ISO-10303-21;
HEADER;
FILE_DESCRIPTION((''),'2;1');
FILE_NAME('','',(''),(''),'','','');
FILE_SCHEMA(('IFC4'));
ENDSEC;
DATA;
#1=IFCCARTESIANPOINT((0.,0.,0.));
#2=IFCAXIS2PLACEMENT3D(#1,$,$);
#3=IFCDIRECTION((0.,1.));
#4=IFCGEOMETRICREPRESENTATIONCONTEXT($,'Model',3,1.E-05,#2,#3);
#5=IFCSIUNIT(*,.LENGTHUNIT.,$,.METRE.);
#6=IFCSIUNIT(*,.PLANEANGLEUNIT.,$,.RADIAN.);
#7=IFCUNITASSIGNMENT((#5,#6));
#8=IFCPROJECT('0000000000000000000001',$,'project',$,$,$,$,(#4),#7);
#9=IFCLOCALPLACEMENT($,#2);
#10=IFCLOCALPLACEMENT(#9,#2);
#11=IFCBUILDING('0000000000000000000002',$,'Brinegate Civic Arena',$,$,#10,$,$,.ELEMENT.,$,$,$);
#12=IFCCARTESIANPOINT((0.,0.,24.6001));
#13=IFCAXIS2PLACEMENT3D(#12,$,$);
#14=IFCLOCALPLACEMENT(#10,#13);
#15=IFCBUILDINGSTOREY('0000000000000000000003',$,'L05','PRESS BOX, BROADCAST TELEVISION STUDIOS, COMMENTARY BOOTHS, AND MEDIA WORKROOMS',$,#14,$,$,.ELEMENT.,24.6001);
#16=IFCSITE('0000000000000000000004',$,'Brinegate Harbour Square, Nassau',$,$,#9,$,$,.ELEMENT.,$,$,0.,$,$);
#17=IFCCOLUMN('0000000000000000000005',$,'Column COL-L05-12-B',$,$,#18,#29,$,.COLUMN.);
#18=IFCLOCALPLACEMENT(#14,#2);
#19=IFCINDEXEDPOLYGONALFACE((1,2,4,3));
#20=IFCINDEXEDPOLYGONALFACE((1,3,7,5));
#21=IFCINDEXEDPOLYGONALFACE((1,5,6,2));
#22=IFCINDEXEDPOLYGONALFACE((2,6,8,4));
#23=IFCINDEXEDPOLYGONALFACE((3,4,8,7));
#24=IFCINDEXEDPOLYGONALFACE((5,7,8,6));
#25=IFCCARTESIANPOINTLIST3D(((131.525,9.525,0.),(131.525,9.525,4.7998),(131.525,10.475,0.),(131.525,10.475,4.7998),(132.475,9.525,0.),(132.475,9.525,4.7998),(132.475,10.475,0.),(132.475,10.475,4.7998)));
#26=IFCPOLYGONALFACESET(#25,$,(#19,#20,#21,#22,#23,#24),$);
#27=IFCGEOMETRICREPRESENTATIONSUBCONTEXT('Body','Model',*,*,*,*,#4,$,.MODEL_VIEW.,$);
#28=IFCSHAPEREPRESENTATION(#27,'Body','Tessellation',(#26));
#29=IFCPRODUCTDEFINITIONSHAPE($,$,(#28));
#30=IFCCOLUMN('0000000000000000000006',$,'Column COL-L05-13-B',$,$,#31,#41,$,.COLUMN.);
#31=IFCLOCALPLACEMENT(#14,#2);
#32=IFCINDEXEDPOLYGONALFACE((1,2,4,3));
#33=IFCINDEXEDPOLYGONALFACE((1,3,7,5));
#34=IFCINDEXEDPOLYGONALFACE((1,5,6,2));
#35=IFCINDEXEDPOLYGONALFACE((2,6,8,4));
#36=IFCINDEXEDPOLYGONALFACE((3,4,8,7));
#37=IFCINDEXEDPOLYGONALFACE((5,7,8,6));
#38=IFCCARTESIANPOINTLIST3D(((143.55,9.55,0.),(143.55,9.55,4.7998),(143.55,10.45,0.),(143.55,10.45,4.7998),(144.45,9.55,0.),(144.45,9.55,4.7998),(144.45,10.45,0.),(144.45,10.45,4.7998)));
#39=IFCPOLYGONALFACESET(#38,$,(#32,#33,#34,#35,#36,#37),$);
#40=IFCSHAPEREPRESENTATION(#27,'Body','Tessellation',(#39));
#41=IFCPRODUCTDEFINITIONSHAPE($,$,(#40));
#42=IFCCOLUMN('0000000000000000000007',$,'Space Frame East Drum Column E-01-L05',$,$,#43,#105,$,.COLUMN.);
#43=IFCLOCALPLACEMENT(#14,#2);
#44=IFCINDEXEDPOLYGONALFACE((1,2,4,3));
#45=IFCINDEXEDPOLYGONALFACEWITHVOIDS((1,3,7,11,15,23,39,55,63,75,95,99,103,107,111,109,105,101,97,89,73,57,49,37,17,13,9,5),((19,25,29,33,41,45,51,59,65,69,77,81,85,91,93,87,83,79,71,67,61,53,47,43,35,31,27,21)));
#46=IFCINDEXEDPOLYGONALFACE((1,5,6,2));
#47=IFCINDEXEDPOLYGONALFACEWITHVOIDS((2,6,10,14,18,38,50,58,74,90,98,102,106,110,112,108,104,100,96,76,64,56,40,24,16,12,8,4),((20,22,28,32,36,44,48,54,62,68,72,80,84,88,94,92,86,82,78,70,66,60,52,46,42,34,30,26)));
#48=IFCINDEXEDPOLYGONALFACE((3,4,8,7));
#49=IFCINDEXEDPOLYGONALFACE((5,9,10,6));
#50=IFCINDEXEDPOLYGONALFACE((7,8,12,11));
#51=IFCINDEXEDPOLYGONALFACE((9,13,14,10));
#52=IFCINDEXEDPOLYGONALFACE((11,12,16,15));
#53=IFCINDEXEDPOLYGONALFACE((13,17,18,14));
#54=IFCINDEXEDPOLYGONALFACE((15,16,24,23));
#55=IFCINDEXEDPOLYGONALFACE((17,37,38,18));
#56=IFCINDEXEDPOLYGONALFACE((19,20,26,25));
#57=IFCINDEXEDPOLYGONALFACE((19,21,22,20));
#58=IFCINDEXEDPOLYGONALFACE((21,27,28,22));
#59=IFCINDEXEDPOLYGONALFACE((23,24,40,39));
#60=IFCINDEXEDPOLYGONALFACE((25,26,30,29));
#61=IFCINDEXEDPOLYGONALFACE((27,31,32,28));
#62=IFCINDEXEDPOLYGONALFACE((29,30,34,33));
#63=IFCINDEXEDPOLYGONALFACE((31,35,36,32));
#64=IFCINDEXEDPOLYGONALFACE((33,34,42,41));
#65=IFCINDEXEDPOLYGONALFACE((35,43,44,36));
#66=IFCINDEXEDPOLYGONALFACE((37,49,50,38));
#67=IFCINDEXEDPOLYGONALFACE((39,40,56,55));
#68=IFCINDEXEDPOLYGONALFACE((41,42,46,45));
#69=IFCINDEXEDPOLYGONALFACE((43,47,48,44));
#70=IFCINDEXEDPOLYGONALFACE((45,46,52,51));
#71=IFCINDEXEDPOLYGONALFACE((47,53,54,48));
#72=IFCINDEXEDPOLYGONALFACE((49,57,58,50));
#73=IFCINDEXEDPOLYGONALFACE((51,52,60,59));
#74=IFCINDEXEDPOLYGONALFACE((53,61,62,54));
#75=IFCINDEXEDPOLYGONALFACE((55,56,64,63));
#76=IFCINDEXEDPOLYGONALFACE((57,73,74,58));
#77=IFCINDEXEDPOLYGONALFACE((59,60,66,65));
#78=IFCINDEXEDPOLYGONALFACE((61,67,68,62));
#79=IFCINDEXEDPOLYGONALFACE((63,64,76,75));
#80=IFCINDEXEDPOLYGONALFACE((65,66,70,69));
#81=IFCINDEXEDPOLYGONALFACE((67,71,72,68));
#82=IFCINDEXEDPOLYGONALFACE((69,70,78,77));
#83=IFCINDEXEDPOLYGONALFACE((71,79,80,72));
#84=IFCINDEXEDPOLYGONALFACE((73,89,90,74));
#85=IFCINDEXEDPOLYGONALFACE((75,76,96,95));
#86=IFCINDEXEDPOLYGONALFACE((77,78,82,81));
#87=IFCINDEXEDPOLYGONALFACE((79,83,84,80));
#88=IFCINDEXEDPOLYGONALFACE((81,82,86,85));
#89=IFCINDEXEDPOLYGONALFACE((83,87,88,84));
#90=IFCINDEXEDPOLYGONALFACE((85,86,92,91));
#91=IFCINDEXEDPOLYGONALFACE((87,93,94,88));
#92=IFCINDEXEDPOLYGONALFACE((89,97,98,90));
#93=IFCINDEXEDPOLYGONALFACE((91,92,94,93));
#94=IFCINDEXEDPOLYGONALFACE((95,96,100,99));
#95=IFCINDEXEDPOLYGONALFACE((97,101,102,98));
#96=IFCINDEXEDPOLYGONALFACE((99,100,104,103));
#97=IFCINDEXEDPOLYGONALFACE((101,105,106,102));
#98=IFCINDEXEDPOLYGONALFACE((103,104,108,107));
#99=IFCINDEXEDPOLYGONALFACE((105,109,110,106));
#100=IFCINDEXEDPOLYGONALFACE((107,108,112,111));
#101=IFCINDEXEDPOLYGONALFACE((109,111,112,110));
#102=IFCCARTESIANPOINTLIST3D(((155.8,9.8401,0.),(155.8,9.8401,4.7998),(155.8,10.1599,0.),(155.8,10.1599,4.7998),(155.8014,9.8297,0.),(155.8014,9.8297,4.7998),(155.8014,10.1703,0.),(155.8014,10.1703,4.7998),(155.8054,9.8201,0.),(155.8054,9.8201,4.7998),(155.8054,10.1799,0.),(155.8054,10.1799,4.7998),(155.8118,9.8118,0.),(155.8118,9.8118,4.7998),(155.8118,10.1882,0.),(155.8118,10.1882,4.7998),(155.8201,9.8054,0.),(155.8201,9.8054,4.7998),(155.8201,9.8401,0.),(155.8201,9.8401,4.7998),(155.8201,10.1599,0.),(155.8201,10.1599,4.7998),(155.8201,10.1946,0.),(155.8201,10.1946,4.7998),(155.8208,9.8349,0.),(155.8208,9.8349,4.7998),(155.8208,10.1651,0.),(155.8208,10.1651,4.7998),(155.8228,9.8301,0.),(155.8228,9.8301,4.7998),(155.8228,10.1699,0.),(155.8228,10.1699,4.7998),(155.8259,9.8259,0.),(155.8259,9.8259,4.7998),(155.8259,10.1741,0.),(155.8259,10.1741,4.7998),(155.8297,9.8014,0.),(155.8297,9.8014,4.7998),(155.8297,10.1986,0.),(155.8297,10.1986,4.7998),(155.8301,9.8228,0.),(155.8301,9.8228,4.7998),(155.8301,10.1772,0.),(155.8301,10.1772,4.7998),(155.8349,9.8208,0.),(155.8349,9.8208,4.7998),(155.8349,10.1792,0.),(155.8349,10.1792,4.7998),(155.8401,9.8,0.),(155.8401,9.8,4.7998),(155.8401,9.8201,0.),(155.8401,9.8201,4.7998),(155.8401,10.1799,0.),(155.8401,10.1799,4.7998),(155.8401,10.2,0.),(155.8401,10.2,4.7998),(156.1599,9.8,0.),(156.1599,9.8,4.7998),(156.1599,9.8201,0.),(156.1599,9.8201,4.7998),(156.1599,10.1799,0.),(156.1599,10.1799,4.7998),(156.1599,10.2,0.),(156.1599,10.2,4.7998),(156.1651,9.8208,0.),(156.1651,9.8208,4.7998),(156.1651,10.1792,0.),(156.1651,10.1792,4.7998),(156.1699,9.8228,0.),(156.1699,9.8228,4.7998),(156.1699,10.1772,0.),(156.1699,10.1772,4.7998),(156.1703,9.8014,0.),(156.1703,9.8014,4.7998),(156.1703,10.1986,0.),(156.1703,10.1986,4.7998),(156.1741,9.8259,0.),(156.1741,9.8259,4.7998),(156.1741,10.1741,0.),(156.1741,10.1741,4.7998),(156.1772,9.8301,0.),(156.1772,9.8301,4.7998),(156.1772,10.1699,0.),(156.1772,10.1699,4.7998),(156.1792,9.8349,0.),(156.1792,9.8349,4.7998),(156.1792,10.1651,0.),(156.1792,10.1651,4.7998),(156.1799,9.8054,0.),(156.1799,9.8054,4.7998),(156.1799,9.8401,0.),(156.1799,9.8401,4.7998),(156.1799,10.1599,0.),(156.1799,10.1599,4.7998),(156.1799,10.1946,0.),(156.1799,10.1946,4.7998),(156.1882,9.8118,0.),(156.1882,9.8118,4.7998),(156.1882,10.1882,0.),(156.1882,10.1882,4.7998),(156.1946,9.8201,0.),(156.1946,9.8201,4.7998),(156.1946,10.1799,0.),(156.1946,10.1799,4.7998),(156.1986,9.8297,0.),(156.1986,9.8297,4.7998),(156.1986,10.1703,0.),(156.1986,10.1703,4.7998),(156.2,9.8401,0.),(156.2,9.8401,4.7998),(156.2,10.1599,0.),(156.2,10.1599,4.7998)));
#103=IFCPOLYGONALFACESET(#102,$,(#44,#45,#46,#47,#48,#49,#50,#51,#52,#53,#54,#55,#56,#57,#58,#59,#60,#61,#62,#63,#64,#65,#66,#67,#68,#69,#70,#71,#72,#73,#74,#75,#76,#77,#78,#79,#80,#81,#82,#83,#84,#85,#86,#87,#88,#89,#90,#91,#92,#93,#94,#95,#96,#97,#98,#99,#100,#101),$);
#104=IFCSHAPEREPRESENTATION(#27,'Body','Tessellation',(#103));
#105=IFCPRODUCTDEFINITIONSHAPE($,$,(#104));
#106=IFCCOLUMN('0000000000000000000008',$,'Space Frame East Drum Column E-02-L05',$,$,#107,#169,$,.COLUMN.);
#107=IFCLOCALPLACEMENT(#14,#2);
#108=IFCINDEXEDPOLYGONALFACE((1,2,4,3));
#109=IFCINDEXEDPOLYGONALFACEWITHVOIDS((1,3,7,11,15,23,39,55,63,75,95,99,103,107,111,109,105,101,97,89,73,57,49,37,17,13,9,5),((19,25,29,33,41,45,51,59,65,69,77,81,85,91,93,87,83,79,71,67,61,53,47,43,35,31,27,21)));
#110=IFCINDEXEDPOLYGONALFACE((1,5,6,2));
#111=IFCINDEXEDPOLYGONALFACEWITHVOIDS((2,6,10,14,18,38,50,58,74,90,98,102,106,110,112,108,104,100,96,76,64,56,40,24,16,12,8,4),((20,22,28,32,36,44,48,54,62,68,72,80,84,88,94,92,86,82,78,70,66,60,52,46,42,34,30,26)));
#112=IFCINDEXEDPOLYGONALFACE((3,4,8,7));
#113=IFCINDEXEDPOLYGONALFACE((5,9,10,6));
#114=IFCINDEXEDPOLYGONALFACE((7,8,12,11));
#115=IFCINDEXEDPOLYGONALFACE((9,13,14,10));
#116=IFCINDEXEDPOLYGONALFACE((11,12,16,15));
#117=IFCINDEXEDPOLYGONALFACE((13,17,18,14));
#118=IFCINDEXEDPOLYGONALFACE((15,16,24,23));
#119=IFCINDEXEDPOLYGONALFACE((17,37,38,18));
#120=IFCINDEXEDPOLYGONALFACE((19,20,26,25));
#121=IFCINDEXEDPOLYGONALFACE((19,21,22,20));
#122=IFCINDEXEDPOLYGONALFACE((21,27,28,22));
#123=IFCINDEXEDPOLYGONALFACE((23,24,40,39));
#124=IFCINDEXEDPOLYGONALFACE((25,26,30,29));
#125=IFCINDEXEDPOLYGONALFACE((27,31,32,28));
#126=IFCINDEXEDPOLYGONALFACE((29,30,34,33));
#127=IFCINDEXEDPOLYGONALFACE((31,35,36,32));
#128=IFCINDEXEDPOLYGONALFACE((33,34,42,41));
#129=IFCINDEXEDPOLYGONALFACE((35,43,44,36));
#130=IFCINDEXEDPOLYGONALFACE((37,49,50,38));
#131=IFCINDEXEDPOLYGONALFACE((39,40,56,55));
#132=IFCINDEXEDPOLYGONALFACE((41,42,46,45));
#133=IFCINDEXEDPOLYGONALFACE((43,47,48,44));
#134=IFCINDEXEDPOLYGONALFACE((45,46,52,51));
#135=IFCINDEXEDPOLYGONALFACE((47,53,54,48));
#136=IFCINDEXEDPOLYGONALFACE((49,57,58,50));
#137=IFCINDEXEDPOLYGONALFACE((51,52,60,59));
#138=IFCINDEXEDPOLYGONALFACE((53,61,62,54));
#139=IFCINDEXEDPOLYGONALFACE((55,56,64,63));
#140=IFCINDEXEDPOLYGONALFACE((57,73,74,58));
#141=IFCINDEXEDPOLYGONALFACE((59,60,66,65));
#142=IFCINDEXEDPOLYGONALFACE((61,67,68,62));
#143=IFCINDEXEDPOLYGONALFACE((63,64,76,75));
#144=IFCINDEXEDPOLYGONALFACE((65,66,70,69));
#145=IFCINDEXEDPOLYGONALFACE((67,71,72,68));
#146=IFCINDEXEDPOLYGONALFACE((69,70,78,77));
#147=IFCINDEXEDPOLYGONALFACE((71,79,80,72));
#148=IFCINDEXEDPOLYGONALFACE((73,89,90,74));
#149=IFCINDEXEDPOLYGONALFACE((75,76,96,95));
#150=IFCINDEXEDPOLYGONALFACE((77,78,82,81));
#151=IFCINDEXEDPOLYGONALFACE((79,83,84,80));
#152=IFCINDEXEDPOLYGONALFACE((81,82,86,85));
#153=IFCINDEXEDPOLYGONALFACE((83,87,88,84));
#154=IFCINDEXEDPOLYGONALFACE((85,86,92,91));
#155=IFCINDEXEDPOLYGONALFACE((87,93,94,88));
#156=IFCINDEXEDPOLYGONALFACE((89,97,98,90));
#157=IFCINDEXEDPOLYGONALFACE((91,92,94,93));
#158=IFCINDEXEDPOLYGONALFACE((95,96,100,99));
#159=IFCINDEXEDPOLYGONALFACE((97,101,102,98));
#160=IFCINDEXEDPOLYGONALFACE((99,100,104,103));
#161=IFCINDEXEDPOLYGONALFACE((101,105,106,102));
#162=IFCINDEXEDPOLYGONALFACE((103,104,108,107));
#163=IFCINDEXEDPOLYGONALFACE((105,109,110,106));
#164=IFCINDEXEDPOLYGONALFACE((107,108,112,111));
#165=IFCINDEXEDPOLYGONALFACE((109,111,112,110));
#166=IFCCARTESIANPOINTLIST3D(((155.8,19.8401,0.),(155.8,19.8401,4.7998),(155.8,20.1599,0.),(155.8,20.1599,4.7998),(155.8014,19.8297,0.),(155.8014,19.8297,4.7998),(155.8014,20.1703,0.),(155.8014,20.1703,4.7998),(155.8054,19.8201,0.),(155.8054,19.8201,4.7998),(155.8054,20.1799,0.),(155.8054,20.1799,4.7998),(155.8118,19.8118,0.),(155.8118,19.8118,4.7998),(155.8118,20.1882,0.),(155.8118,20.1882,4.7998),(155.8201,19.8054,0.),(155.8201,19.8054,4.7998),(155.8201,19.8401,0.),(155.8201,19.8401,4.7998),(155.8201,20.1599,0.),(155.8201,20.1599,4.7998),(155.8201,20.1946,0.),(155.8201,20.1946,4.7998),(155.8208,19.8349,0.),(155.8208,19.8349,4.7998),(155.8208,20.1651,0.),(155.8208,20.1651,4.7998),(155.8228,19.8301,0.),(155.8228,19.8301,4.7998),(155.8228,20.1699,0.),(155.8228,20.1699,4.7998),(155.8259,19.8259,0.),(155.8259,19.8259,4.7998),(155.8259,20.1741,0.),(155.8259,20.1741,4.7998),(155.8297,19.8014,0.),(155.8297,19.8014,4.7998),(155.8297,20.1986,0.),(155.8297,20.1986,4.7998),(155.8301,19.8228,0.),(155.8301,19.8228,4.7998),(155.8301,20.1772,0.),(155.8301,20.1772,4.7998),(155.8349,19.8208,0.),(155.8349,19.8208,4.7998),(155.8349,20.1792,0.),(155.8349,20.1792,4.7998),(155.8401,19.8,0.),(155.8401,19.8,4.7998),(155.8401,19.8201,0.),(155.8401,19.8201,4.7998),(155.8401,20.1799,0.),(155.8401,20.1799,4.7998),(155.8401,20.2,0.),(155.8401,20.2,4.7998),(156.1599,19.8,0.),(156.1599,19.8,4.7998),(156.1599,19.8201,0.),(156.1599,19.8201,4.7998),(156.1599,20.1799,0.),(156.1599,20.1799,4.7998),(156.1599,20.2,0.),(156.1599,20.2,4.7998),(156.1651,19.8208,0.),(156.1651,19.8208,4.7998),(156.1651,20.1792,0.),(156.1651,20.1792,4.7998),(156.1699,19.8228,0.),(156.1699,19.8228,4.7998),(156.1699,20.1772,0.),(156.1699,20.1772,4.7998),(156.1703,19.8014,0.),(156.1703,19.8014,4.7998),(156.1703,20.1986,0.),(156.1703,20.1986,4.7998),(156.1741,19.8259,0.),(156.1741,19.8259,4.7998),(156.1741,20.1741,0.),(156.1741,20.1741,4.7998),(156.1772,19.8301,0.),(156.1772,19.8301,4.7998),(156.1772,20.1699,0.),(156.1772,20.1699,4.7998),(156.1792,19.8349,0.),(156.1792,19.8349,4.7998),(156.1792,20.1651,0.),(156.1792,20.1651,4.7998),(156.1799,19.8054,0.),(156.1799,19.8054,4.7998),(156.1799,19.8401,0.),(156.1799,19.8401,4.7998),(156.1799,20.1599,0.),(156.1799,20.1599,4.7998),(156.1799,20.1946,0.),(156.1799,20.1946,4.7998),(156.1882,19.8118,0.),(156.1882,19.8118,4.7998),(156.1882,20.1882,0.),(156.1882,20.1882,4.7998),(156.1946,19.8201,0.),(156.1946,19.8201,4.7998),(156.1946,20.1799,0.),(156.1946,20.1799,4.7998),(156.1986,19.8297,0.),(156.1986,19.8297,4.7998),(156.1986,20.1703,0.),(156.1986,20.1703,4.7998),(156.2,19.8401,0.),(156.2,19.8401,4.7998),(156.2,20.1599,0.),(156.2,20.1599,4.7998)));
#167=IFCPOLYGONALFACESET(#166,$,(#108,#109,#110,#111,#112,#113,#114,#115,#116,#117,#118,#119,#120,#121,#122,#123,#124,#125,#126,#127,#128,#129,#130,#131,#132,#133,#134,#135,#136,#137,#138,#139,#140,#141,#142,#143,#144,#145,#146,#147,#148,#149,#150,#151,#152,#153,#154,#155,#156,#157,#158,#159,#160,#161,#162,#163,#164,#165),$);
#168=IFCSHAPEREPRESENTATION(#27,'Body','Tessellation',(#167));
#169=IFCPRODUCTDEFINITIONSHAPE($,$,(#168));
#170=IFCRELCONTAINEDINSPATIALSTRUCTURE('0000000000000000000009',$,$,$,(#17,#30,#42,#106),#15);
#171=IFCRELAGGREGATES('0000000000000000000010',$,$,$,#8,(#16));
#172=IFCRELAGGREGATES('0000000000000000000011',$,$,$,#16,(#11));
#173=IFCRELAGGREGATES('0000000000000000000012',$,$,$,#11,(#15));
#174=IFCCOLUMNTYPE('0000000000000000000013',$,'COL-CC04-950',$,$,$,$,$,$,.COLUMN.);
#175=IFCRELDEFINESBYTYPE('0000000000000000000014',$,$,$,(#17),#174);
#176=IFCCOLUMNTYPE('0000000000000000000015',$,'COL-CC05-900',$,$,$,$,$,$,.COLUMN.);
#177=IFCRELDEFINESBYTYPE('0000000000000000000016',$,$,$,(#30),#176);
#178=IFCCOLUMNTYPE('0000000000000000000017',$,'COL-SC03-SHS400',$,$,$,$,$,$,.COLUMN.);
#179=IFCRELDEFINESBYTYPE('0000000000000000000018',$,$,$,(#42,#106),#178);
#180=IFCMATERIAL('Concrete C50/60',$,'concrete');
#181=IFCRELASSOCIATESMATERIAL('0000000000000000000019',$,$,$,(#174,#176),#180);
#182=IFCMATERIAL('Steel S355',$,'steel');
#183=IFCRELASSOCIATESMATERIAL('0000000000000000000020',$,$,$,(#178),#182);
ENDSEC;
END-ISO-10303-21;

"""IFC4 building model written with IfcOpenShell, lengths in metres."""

from ifc_helpers import new_model, si_unit, direction, frame, origin, origin_2d, place, context, subcontext, project, spatial, rectangle, hollow_rectangle, extrude, material, material_profile, profile_set, type_object, element, save


model = new_model("IFC4")

# Units and contexts
model_context = context("Model", 3, precision=1e-05, world=origin(), true_north=direction((0.0, 1.0)))
body_context = subcontext(model_context, "Body", "Model", "MODEL_VIEW")
ifc_project = project(units=[si_unit("LENGTHUNIT", "METRE"), si_unit("PLANEANGLEUNIT", "RADIAN")], contexts=[model_context])

# Site, building, storey
site_placement = place(None, origin())
site = spatial("IfcSite", under=ifc_project, at=site_placement, Name="Brinegate Harbour Square, Nassau", CompositionType="ELEMENT", RefElevation=0.0)
building_placement = place(site_placement, origin())
building = spatial("IfcBuilding", under=site, at=building_placement, Name="Brinegate Civic Arena", CompositionType="ELEMENT")
storey_placement = place(building_placement, frame((0.0, 0.0, 24.6001)))
storey = spatial("IfcBuildingStorey", under=building, at=storey_placement, Name="L05", Description="PRESS BOX, BROADCAST TELEVISION STUDIOS, COMMENTARY BOOTHS, AND MEDIA WORKROOMS", CompositionType="ELEMENT", Elevation=24.6001)

# Columns
ifc_material_1 = material(Name="Concrete C50/60", Category="concrete")
ifc_material_profile_1 = material_profile(ifc_material_1, rectangle(XDim=0.95, YDim=0.95, at=origin_2d()), Name="RC950X950")
ifc_profile_set_1 = profile_set([ifc_material_profile_1], Name="Concrete C50/60")
column_type_1 = type_object("IfcColumnType", Name="COL-CC04-950", PredefinedType="COLUMN", material=ifc_profile_set_1)
column_1_placement = place(storey_placement, frame((132.0, 10.0, 0.0), z_axis=(0.0, 0.0, 1.0), x_axis=(1.0, 0.0, 0.0)))
element("IfcColumn", 1, at=column_1_placement, inside=storey, type_object=column_type_1, Name="Column COL-L05-12-B", PredefinedType="COLUMN", context=body_context, shape_type="SweptSolid", body=[
    extrude(rectangle(XDim=0.95, YDim=0.95, at=origin_2d()), origin(), (0.0, 0.0, 1.0), 4.7998),
])
ifc_material_profile_2 = material_profile(ifc_material_1, rectangle(XDim=0.8999, YDim=0.8999, at=origin_2d()), Name="RC900X900")
ifc_profile_set_2 = profile_set([ifc_material_profile_2], Name="Concrete C50/60")
column_type_2 = type_object("IfcColumnType", Name="COL-CC05-900", PredefinedType="COLUMN", material=ifc_profile_set_2)
column_2_placement = place(storey_placement, frame((144.0, 10.0, 0.0), z_axis=(0.0, 0.0, 1.0), x_axis=(1.0, 0.0, 0.0)))
element("IfcColumn", 2, at=column_2_placement, inside=storey, type_object=column_type_2, Name="Column COL-L05-13-B", PredefinedType="COLUMN", context=body_context, shape_type="SweptSolid", body=[
    extrude(rectangle(XDim=0.8999, YDim=0.8999, at=origin_2d()), origin(), (0.0, 0.0, 1.0), 4.7998),
])
ifc_material_2 = material(Name="Steel S355", Category="steel")
ifc_material_profile_3 = material_profile(ifc_material_2, hollow_rectangle(XDim=0.3999, YDim=0.3999, WallThickness=0.02, InnerFilletRadius=0.02, OuterFilletRadius=0.04, at=origin_2d()), Name="SHS400X20")
ifc_profile_set_3 = profile_set([ifc_material_profile_3], Name="Steel S355")
column_type_3 = type_object("IfcColumnType", Name="COL-SC03-SHS400", PredefinedType="COLUMN", material=ifc_profile_set_3)
for number, where, z_axis, x_axis, name in (
    (3, (156.0, 10.0, 0.0), (0.0, 0.0, 1.0), (1.0, 0.0, 0.0), "Space Frame East Drum Column E-01-L05"),
    (4, (156.0, 20.0, 0.0), (0.0, 0.0, 1.0), (1.0, 0.0, 0.0), "Space Frame East Drum Column E-02-L05"),
):
    element("IfcColumn", number, at=place(storey_placement, frame(where, z_axis=z_axis, x_axis=x_axis)), inside=storey, type_object=column_type_3, Name=name, PredefinedType="COLUMN", context=body_context, shape_type="SweptSolid", body=[
        extrude(hollow_rectangle(XDim=0.3999, YDim=0.3999, WallThickness=0.02, InnerFilletRadius=0.02, OuterFilletRadius=0.04, at=origin_2d()), origin(), (0.0, 0.0, 1.0), 4.7998),
    ])

save(model, "model.ifc")
